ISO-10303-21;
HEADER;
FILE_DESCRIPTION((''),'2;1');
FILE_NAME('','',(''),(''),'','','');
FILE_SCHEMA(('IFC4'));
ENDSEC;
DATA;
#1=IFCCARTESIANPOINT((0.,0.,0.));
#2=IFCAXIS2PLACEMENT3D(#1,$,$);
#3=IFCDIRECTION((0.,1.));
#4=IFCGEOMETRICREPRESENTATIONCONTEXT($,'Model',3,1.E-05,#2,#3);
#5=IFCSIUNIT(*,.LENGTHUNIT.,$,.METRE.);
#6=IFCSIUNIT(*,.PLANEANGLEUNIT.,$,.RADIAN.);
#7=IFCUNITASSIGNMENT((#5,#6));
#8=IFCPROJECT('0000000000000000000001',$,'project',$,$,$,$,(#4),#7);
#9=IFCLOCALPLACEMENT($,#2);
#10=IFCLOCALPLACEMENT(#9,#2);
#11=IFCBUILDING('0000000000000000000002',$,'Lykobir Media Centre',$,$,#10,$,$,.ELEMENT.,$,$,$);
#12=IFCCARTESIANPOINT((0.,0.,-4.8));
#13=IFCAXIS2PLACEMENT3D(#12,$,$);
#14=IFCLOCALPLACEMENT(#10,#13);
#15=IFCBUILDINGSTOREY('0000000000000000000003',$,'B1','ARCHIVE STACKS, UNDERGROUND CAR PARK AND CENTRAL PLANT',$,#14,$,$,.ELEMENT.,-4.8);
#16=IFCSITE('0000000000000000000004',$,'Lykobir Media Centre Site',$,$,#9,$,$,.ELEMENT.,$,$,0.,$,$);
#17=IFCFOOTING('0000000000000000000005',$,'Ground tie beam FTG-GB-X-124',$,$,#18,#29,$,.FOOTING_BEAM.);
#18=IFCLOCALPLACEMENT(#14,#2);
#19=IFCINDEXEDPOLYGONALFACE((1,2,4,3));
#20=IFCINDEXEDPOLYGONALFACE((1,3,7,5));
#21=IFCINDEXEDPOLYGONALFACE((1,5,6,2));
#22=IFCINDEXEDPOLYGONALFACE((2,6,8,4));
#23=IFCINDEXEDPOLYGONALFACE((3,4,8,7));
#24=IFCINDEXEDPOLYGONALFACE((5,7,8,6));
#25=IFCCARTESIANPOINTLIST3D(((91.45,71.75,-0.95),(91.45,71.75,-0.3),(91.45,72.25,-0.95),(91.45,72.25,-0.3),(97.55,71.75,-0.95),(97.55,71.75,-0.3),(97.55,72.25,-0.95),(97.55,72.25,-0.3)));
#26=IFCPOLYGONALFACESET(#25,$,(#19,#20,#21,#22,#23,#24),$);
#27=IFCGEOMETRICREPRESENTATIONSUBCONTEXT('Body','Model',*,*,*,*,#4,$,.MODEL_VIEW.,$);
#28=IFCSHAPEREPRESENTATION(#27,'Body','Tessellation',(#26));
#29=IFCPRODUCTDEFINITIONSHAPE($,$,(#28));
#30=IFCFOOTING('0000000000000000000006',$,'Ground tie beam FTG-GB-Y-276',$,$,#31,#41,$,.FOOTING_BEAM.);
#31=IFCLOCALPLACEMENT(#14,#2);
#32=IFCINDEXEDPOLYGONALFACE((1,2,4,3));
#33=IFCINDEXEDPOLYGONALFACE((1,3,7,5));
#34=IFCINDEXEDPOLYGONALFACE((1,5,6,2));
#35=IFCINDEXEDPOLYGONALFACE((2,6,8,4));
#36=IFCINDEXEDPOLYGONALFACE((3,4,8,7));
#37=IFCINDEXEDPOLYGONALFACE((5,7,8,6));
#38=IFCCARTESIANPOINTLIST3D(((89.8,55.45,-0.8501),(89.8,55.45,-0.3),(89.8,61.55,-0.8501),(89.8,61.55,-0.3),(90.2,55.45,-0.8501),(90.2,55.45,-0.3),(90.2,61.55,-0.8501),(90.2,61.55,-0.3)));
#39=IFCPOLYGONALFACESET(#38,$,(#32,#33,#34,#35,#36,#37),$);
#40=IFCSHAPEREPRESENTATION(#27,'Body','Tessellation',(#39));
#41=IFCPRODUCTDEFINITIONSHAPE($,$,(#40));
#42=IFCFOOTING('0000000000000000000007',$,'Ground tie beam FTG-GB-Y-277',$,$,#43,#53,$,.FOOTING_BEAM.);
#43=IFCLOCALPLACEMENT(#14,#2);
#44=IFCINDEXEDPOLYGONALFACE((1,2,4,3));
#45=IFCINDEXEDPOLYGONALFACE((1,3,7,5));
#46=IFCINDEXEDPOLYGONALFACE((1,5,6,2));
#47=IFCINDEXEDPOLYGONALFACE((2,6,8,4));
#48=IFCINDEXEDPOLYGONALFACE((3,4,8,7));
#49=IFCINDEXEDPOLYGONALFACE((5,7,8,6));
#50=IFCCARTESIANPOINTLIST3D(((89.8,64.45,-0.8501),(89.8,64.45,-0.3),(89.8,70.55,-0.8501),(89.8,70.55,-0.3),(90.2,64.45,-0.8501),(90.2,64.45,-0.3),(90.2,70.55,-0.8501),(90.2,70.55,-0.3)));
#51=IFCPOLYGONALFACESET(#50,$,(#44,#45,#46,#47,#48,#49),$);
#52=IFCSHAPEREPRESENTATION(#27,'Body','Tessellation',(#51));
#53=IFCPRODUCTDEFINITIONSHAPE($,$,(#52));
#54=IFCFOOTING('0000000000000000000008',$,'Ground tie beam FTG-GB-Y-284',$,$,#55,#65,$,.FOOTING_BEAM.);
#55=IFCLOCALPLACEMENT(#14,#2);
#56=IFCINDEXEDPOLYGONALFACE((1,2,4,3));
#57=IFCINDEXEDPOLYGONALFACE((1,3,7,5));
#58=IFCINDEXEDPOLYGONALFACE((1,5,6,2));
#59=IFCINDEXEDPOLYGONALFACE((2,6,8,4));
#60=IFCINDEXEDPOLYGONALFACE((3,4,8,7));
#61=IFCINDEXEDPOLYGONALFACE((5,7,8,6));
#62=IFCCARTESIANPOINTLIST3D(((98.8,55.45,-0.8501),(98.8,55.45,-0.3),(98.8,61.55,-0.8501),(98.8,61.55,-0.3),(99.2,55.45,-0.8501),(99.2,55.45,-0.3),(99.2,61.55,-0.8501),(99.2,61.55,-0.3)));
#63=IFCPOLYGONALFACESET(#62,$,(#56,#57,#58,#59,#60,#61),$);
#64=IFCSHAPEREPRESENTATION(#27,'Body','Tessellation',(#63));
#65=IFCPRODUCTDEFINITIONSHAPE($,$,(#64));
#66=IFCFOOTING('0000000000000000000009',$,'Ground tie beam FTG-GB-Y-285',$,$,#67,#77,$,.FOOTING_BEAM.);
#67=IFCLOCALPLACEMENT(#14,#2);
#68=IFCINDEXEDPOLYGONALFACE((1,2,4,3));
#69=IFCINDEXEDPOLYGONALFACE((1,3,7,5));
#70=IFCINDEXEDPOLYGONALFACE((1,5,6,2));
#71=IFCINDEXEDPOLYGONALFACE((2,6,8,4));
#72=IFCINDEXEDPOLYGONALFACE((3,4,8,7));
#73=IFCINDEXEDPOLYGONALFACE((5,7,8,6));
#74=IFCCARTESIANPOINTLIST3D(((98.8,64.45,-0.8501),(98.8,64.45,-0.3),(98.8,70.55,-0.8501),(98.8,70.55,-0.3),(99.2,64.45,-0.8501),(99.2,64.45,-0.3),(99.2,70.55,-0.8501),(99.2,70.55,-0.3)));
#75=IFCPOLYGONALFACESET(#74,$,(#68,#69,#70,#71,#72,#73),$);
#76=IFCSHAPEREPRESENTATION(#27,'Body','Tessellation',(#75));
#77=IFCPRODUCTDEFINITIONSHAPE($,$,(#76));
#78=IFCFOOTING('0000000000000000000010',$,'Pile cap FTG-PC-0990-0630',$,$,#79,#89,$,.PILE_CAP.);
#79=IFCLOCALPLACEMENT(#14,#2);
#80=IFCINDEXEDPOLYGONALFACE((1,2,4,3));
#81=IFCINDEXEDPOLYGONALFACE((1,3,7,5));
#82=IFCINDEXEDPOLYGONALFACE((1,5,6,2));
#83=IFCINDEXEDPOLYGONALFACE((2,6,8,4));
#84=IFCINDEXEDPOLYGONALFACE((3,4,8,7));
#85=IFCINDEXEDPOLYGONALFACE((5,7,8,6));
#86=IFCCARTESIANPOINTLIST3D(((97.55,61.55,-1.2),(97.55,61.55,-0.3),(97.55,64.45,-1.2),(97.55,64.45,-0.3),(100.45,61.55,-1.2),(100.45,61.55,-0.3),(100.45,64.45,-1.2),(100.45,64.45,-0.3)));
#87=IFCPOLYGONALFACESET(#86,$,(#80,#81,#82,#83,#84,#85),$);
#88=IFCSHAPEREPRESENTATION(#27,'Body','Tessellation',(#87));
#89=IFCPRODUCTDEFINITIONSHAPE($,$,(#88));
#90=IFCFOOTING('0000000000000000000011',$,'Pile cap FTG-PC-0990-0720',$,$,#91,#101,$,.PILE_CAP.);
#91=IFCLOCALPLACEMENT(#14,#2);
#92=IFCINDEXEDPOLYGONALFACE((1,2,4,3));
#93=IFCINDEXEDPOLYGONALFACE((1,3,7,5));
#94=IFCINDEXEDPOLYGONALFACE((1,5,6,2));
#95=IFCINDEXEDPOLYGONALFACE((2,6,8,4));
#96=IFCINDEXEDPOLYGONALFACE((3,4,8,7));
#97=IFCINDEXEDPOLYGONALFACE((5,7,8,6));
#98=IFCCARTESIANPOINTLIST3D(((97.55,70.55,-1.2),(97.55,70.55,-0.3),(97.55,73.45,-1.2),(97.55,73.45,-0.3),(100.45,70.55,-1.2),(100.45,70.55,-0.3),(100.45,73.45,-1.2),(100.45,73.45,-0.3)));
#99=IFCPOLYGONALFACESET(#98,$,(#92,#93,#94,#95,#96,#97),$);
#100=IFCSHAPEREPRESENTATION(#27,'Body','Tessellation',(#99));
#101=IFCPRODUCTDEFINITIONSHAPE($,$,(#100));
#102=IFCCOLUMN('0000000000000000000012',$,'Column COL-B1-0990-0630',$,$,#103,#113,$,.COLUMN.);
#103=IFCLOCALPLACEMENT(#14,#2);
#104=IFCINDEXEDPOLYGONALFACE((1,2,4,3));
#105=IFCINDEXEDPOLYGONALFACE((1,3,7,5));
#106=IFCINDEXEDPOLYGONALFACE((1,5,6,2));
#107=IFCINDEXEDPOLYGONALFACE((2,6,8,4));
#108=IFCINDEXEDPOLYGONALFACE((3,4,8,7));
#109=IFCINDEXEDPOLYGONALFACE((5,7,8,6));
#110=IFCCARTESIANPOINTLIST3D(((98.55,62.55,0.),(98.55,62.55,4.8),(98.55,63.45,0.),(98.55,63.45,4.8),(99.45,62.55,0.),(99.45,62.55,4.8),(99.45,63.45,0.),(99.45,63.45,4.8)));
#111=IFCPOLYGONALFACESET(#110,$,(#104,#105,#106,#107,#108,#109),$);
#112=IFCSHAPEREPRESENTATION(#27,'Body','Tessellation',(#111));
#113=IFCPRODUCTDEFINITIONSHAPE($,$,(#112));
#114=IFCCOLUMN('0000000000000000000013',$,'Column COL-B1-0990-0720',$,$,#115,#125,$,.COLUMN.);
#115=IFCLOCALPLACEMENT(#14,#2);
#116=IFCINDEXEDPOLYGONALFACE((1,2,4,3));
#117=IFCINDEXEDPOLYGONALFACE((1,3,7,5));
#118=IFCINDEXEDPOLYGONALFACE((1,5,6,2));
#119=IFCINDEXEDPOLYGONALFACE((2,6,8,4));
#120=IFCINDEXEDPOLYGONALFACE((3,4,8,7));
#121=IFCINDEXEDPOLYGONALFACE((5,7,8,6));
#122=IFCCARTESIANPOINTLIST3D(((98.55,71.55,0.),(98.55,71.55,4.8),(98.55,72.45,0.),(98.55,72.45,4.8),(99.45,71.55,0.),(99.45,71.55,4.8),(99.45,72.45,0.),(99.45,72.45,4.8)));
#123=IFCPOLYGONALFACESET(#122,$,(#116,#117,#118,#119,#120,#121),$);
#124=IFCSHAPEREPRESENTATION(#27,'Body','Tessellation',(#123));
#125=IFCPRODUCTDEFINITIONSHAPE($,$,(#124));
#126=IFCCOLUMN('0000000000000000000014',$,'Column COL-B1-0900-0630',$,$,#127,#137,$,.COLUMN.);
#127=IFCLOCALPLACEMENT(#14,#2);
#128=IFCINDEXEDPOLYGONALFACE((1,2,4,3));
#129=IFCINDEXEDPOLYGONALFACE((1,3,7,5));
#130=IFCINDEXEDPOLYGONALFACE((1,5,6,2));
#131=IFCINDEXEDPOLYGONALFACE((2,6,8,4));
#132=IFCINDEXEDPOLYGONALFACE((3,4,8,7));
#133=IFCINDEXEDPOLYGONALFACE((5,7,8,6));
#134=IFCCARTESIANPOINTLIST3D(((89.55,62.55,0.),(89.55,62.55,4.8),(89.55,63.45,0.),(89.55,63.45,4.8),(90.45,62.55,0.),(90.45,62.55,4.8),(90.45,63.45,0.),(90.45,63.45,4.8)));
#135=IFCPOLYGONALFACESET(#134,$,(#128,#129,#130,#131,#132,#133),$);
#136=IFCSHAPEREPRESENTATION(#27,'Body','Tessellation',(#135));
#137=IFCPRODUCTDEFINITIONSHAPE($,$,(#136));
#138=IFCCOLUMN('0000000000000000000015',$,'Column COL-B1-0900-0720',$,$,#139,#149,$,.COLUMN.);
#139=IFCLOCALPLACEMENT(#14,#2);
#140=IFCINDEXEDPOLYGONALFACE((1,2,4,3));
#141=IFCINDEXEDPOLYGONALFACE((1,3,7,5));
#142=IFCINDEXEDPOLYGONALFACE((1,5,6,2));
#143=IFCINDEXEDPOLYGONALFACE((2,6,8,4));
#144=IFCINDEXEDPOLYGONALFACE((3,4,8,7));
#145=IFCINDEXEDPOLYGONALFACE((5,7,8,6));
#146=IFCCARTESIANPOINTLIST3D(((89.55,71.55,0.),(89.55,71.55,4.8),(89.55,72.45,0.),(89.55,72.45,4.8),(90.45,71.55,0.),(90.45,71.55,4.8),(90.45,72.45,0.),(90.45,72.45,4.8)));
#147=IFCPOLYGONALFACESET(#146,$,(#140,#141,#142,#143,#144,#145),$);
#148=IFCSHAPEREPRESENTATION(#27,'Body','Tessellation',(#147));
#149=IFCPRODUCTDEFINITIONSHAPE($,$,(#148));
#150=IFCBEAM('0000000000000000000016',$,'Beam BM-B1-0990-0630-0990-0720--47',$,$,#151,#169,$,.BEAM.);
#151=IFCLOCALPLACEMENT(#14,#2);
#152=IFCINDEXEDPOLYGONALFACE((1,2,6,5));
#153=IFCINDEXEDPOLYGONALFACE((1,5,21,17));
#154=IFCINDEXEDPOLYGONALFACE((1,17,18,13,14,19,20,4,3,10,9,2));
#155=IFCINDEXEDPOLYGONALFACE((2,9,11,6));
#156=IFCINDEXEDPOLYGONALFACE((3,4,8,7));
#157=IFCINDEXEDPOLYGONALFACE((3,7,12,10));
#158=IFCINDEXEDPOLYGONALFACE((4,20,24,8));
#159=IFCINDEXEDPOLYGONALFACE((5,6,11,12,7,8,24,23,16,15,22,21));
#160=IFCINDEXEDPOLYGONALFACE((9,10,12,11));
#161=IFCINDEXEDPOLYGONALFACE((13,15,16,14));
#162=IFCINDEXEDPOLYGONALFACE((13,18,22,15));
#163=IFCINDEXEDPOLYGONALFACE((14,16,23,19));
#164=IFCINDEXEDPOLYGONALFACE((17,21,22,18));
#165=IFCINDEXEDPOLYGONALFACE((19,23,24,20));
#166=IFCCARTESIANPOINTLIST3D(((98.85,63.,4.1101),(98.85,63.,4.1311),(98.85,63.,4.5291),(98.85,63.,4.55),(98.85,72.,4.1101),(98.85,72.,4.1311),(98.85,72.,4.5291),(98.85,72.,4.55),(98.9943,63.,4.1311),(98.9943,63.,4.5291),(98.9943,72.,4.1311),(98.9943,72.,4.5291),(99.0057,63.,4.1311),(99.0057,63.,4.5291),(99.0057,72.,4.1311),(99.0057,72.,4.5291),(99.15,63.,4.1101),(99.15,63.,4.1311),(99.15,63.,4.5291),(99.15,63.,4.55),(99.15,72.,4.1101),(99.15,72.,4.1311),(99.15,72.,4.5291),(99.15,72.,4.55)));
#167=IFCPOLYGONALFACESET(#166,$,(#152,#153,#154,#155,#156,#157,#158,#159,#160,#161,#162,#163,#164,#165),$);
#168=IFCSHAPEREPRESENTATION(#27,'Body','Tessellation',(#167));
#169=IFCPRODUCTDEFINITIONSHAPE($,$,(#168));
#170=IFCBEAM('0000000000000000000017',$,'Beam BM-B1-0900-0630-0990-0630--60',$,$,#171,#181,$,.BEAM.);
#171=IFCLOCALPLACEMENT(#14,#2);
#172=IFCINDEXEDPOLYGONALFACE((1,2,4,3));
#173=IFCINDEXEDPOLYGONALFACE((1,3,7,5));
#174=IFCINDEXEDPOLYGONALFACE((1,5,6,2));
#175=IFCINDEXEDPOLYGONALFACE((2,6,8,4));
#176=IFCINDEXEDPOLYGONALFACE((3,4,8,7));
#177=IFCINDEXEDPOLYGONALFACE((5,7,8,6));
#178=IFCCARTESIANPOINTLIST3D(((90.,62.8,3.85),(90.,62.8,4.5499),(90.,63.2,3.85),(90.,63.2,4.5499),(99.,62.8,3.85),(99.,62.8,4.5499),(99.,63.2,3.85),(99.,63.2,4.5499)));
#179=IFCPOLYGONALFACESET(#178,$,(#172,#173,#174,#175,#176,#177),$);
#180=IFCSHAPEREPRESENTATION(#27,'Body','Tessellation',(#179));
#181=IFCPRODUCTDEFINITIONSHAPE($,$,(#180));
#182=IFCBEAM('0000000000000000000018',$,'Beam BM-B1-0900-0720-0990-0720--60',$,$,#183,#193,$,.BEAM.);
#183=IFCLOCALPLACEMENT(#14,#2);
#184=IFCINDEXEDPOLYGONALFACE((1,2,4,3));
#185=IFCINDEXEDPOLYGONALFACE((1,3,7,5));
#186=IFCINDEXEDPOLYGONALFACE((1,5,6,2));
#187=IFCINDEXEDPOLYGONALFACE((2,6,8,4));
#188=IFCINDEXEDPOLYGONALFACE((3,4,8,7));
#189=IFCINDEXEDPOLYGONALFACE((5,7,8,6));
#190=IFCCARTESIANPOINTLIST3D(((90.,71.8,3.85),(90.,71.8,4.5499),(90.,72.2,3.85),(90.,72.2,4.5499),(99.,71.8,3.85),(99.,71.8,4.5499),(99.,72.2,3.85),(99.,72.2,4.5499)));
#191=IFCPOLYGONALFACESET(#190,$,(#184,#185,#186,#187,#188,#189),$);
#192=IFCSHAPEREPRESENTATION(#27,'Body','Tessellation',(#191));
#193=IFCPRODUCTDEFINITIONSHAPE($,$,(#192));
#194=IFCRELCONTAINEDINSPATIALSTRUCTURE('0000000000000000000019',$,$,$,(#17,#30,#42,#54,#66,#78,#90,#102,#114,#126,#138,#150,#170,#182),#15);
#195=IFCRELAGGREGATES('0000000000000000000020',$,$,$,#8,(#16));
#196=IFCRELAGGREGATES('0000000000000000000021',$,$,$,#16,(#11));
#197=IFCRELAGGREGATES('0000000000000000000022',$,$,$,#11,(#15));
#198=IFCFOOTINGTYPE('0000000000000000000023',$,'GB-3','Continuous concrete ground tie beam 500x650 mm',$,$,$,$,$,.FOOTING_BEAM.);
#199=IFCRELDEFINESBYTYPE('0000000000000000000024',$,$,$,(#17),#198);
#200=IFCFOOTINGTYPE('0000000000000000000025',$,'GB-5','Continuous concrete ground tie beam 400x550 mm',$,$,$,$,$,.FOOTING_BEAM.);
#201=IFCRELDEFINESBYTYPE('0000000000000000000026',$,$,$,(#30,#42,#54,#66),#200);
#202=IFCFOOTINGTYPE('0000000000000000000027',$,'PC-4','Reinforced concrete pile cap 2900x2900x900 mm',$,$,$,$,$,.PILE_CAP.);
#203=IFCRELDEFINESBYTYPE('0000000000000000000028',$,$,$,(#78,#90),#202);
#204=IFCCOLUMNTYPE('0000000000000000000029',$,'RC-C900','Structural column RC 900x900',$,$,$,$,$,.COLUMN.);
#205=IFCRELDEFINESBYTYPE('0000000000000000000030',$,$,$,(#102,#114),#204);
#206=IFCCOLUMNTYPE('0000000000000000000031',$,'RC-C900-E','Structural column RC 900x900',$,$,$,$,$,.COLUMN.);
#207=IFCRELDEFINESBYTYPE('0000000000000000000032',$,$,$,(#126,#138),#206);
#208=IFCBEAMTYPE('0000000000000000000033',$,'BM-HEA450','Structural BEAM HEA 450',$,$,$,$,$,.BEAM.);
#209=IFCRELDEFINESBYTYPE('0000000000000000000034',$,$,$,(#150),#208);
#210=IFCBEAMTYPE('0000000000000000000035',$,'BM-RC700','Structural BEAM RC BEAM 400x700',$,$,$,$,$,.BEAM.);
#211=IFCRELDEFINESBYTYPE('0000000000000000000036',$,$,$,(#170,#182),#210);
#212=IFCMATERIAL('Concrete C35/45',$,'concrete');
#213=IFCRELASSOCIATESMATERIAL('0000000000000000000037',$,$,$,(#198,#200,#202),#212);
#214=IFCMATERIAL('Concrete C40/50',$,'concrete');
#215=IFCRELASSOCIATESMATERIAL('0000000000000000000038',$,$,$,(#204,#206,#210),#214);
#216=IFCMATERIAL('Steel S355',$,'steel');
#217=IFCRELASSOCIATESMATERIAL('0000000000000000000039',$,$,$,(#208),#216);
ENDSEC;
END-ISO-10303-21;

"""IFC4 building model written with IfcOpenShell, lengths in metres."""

from ifc_helpers import new_model, si_unit, direction, frame, origin, origin_2d, place, context, subcontext, project, spatial, rectangle, i_section, extrude, material, material_profile, profile_set, type_object, element, save


model = new_model("IFC4")

# Units and contexts
model_context = context("Model", 3, precision=1e-05, world=origin(), true_north=direction((0.0, 1.0)))
body_context = subcontext(model_context, "Body", "Model", "MODEL_VIEW")
ifc_project = project(units=[si_unit("LENGTHUNIT", "METRE"), si_unit("PLANEANGLEUNIT", "RADIAN")], contexts=[model_context])

# Site, building, storey
site_placement = place(None, origin())
site = spatial("IfcSite", under=ifc_project, at=site_placement, Name="Lykobir Media Centre Site", CompositionType="ELEMENT", RefElevation=0.0)
building_placement = place(site_placement, origin())
building = spatial("IfcBuilding", under=site, at=building_placement, Name="Lykobir Media Centre", CompositionType="ELEMENT")
storey_placement = place(building_placement, frame((0.0, 0.0, -4.8)))
storey = spatial("IfcBuildingStorey", under=building, at=storey_placement, Name="B1", Description="ARCHIVE STACKS, UNDERGROUND CAR PARK AND CENTRAL PLANT", CompositionType="ELEMENT", Elevation=-4.8)

# Footings
ifc_material_1 = material(Name="Concrete C35/45", Category="concrete")
footing_type_1 = type_object("IfcFootingType", Name="GB-3", Description="Continuous concrete ground tie beam 500x650 mm", PredefinedType="FOOTING_BEAM", material=ifc_material_1)
for number, where, z_axis, x_axis, name in (
    (1, (94.5, 72.0, -0.95), (0.0, 0.0, 1.0), (1.0, 0.0, 0.0), "Ground tie beam FTG-GB-X-124"),
):
    element("IfcFooting", number, at=place(storey_placement, frame(where, z_axis=z_axis, x_axis=x_axis)), inside=storey, type_object=footing_type_1, Name=name, PredefinedType="FOOTING_BEAM", context=body_context, shape_type="SweptSolid", body=[
        extrude(rectangle(XDim=6.1001, YDim=0.5, at=origin_2d()), origin(), (0.0, 0.0, 1.0), 0.6499),
    ])
footing_type_2 = type_object("IfcFootingType", Name="GB-5", Description="Continuous concrete ground tie beam 400x550 mm", PredefinedType="FOOTING_BEAM", material=ifc_material_1)
for number, where, z_axis, x_axis, name in (
    (2, (90.0, 58.5, -0.8501), (0.0, 0.0, 1.0), (0.0, 1.0, 0.0), "Ground tie beam FTG-GB-Y-276"),
    (3, (90.0, 67.5, -0.8501), (0.0, 0.0, 1.0), (0.0, 1.0, 0.0), "Ground tie beam FTG-GB-Y-277"),
    (4, (99.0, 58.5, -0.8501), (0.0, 0.0, 1.0), (0.0, 1.0, 0.0), "Ground tie beam FTG-GB-Y-284"),
    (5, (99.0, 67.5, -0.8501), (0.0, 0.0, 1.0), (0.0, 1.0, 0.0), "Ground tie beam FTG-GB-Y-285"),
):
    element("IfcFooting", number, at=place(storey_placement, frame(where, z_axis=z_axis, x_axis=x_axis)), inside=storey, type_object=footing_type_2, Name=name, PredefinedType="FOOTING_BEAM", context=body_context, shape_type="SweptSolid", body=[
        extrude(rectangle(XDim=6.1001, YDim=0.3999, at=origin_2d()), origin(), (0.0, 0.0, 1.0), 0.55),
    ])
footing_type_3 = type_object("IfcFootingType", Name="PC-4", Description="Reinforced concrete pile cap 2900x2900x900 mm", PredefinedType="PILE_CAP", material=ifc_material_1)
for number, where, z_axis, x_axis, name in (
    (6, (99.0, 63.0, -1.2), (0.0, 0.0, 1.0), (1.0, 0.0, 0.0), "Pile cap FTG-PC-0990-0630"),
    (7, (99.0, 72.0, -1.2), (0.0, 0.0, 1.0), (1.0, 0.0, 0.0), "Pile cap FTG-PC-0990-0720"),
):
    element("IfcFooting", number, at=place(storey_placement, frame(where, z_axis=z_axis, x_axis=x_axis)), inside=storey, type_object=footing_type_3, Name=name, PredefinedType="PILE_CAP", context=body_context, shape_type="SweptSolid", body=[
        extrude(rectangle(XDim=2.8999, YDim=2.8999, at=origin_2d()), origin(), (0.0, 0.0, 1.0), 0.8999),
    ])

# Columns
ifc_material_2 = material(Name="Concrete C40/50", Category="concrete")
ifc_material_profile_1 = material_profile(ifc_material_2, rectangle(XDim=0.8999, YDim=0.8999, at=origin_2d()), Name="RC 900x900")
ifc_profile_set_1 = profile_set([ifc_material_profile_1], Name="Concrete C40/50")
column_type_1 = type_object("IfcColumnType", Name="RC-C900", Description="Structural column RC 900x900", PredefinedType="COLUMN", material=ifc_profile_set_1)
for number, where, z_axis, x_axis, name in (
    (8, (99.0, 63.0, 0.0), (0.0, 0.0, 1.0), (1.0, 0.0, 0.0), "Column COL-B1-0990-0630"),
    (9, (99.0, 72.0, 0.0), (0.0, 0.0, 1.0), (1.0, 0.0, 0.0), "Column COL-B1-0990-0720"),
):
    element("IfcColumn", number, at=place(storey_placement, frame(where, z_axis=z_axis, x_axis=x_axis)), inside=storey, type_object=column_type_1, Name=name, PredefinedType="COLUMN", context=body_context, shape_type="SweptSolid", body=[
        extrude(rectangle(XDim=0.8999, YDim=0.8999, at=origin_2d()), origin(), (0.0, 0.0, 1.0), 4.8),
    ])
ifc_material_profile_2 = material_profile(ifc_material_2, rectangle(XDim=0.8999, YDim=0.8999, at=origin_2d()), Name="RC 900x900")
ifc_profile_set_2 = profile_set([ifc_material_profile_2], Name="Concrete C40/50")
column_type_2 = type_object("IfcColumnType", Name="RC-C900-E", Description="Structural column RC 900x900", PredefinedType="COLUMN", material=ifc_profile_set_2)
for number, where, z_axis, x_axis, name in (
    (10, (90.0, 63.0, 0.0), (0.0, 0.0, 1.0), (1.0, 0.0, 0.0), "Column COL-B1-0900-0630"),
    (11, (90.0, 72.0, 0.0), (0.0, 0.0, 1.0), (1.0, 0.0, 0.0), "Column COL-B1-0900-0720"),
):
    element("IfcColumn", number, at=place(storey_placement, frame(where, z_axis=z_axis, x_axis=x_axis)), inside=storey, type_object=column_type_2, Name=name, PredefinedType="COLUMN", context=body_context, shape_type="SweptSolid", body=[
        extrude(rectangle(XDim=0.8999, YDim=0.8999, at=origin_2d()), origin(), (0.0, 0.0, 1.0), 4.8),
    ])

# Beams
ifc_material_3 = material(Name="Steel S355", Category="steel")
ifc_material_profile_3 = material_profile(ifc_material_3, i_section(OverallWidth=0.3, OverallDepth=0.4399, WebThickness=0.0115, FlangeThickness=0.021, at=origin_2d()), Name="HEA 450")
ifc_profile_set_3 = profile_set([ifc_material_profile_3], Name="Steel S355")
beam_type_1 = type_object("IfcBeamType", Name="BM-HEA450", Description="Structural BEAM HEA 450", PredefinedType="BEAM", material=ifc_profile_set_3)
beam_placement = place(storey_placement, frame((99.0, 63.0, 4.3301), z_axis=(0.0, 1.0, 0.0), x_axis=(-1.0, 0.0, 0.0)))
element("IfcBeam", 12, at=beam_placement, inside=storey, type_object=beam_type_1, Name="Beam BM-B1-0990-0630-0990-0720--47", PredefinedType="BEAM", context=body_context, shape_type="SweptSolid", body=[
    extrude(i_section(OverallWidth=0.3, OverallDepth=0.4399, WebThickness=0.0115, FlangeThickness=0.021, at=origin_2d()), origin(), (0.0, 0.0, 1.0), 9.0),
])
ifc_material_profile_4 = material_profile(ifc_material_2, rectangle(XDim=0.3999, YDim=0.7, at=origin_2d()), Name="RC BEAM 400x700")
ifc_profile_set_4 = profile_set([ifc_material_profile_4], Name="Concrete C40/50")
beam_type_2 = type_object("IfcBeamType", Name="BM-RC700", Description="Structural BEAM RC BEAM 400x700", PredefinedType="BEAM", material=ifc_profile_set_4)
for number, where, z_axis, x_axis, name in (
    (13, (90.0, 63.0, 4.2), (1.0, 0.0, 0.0), (0.0, 1.0, 0.0), "Beam BM-B1-0900-0630-0990-0630--60"),
    (14, (90.0, 72.0, 4.2), (1.0, 0.0, 0.0), (0.0, 1.0, 0.0), "Beam BM-B1-0900-0720-0990-0720--60"),
):
    element("IfcBeam", number, at=place(storey_placement, frame(where, z_axis=z_axis, x_axis=x_axis)), inside=storey, type_object=beam_type_2, Name=name, PredefinedType="BEAM", context=body_context, shape_type="SweptSolid", body=[
        extrude(rectangle(XDim=0.3999, YDim=0.7, at=origin_2d()), origin(), (0.0, 0.0, 1.0), 9.0),
    ])

save(model, "model.ifc")
